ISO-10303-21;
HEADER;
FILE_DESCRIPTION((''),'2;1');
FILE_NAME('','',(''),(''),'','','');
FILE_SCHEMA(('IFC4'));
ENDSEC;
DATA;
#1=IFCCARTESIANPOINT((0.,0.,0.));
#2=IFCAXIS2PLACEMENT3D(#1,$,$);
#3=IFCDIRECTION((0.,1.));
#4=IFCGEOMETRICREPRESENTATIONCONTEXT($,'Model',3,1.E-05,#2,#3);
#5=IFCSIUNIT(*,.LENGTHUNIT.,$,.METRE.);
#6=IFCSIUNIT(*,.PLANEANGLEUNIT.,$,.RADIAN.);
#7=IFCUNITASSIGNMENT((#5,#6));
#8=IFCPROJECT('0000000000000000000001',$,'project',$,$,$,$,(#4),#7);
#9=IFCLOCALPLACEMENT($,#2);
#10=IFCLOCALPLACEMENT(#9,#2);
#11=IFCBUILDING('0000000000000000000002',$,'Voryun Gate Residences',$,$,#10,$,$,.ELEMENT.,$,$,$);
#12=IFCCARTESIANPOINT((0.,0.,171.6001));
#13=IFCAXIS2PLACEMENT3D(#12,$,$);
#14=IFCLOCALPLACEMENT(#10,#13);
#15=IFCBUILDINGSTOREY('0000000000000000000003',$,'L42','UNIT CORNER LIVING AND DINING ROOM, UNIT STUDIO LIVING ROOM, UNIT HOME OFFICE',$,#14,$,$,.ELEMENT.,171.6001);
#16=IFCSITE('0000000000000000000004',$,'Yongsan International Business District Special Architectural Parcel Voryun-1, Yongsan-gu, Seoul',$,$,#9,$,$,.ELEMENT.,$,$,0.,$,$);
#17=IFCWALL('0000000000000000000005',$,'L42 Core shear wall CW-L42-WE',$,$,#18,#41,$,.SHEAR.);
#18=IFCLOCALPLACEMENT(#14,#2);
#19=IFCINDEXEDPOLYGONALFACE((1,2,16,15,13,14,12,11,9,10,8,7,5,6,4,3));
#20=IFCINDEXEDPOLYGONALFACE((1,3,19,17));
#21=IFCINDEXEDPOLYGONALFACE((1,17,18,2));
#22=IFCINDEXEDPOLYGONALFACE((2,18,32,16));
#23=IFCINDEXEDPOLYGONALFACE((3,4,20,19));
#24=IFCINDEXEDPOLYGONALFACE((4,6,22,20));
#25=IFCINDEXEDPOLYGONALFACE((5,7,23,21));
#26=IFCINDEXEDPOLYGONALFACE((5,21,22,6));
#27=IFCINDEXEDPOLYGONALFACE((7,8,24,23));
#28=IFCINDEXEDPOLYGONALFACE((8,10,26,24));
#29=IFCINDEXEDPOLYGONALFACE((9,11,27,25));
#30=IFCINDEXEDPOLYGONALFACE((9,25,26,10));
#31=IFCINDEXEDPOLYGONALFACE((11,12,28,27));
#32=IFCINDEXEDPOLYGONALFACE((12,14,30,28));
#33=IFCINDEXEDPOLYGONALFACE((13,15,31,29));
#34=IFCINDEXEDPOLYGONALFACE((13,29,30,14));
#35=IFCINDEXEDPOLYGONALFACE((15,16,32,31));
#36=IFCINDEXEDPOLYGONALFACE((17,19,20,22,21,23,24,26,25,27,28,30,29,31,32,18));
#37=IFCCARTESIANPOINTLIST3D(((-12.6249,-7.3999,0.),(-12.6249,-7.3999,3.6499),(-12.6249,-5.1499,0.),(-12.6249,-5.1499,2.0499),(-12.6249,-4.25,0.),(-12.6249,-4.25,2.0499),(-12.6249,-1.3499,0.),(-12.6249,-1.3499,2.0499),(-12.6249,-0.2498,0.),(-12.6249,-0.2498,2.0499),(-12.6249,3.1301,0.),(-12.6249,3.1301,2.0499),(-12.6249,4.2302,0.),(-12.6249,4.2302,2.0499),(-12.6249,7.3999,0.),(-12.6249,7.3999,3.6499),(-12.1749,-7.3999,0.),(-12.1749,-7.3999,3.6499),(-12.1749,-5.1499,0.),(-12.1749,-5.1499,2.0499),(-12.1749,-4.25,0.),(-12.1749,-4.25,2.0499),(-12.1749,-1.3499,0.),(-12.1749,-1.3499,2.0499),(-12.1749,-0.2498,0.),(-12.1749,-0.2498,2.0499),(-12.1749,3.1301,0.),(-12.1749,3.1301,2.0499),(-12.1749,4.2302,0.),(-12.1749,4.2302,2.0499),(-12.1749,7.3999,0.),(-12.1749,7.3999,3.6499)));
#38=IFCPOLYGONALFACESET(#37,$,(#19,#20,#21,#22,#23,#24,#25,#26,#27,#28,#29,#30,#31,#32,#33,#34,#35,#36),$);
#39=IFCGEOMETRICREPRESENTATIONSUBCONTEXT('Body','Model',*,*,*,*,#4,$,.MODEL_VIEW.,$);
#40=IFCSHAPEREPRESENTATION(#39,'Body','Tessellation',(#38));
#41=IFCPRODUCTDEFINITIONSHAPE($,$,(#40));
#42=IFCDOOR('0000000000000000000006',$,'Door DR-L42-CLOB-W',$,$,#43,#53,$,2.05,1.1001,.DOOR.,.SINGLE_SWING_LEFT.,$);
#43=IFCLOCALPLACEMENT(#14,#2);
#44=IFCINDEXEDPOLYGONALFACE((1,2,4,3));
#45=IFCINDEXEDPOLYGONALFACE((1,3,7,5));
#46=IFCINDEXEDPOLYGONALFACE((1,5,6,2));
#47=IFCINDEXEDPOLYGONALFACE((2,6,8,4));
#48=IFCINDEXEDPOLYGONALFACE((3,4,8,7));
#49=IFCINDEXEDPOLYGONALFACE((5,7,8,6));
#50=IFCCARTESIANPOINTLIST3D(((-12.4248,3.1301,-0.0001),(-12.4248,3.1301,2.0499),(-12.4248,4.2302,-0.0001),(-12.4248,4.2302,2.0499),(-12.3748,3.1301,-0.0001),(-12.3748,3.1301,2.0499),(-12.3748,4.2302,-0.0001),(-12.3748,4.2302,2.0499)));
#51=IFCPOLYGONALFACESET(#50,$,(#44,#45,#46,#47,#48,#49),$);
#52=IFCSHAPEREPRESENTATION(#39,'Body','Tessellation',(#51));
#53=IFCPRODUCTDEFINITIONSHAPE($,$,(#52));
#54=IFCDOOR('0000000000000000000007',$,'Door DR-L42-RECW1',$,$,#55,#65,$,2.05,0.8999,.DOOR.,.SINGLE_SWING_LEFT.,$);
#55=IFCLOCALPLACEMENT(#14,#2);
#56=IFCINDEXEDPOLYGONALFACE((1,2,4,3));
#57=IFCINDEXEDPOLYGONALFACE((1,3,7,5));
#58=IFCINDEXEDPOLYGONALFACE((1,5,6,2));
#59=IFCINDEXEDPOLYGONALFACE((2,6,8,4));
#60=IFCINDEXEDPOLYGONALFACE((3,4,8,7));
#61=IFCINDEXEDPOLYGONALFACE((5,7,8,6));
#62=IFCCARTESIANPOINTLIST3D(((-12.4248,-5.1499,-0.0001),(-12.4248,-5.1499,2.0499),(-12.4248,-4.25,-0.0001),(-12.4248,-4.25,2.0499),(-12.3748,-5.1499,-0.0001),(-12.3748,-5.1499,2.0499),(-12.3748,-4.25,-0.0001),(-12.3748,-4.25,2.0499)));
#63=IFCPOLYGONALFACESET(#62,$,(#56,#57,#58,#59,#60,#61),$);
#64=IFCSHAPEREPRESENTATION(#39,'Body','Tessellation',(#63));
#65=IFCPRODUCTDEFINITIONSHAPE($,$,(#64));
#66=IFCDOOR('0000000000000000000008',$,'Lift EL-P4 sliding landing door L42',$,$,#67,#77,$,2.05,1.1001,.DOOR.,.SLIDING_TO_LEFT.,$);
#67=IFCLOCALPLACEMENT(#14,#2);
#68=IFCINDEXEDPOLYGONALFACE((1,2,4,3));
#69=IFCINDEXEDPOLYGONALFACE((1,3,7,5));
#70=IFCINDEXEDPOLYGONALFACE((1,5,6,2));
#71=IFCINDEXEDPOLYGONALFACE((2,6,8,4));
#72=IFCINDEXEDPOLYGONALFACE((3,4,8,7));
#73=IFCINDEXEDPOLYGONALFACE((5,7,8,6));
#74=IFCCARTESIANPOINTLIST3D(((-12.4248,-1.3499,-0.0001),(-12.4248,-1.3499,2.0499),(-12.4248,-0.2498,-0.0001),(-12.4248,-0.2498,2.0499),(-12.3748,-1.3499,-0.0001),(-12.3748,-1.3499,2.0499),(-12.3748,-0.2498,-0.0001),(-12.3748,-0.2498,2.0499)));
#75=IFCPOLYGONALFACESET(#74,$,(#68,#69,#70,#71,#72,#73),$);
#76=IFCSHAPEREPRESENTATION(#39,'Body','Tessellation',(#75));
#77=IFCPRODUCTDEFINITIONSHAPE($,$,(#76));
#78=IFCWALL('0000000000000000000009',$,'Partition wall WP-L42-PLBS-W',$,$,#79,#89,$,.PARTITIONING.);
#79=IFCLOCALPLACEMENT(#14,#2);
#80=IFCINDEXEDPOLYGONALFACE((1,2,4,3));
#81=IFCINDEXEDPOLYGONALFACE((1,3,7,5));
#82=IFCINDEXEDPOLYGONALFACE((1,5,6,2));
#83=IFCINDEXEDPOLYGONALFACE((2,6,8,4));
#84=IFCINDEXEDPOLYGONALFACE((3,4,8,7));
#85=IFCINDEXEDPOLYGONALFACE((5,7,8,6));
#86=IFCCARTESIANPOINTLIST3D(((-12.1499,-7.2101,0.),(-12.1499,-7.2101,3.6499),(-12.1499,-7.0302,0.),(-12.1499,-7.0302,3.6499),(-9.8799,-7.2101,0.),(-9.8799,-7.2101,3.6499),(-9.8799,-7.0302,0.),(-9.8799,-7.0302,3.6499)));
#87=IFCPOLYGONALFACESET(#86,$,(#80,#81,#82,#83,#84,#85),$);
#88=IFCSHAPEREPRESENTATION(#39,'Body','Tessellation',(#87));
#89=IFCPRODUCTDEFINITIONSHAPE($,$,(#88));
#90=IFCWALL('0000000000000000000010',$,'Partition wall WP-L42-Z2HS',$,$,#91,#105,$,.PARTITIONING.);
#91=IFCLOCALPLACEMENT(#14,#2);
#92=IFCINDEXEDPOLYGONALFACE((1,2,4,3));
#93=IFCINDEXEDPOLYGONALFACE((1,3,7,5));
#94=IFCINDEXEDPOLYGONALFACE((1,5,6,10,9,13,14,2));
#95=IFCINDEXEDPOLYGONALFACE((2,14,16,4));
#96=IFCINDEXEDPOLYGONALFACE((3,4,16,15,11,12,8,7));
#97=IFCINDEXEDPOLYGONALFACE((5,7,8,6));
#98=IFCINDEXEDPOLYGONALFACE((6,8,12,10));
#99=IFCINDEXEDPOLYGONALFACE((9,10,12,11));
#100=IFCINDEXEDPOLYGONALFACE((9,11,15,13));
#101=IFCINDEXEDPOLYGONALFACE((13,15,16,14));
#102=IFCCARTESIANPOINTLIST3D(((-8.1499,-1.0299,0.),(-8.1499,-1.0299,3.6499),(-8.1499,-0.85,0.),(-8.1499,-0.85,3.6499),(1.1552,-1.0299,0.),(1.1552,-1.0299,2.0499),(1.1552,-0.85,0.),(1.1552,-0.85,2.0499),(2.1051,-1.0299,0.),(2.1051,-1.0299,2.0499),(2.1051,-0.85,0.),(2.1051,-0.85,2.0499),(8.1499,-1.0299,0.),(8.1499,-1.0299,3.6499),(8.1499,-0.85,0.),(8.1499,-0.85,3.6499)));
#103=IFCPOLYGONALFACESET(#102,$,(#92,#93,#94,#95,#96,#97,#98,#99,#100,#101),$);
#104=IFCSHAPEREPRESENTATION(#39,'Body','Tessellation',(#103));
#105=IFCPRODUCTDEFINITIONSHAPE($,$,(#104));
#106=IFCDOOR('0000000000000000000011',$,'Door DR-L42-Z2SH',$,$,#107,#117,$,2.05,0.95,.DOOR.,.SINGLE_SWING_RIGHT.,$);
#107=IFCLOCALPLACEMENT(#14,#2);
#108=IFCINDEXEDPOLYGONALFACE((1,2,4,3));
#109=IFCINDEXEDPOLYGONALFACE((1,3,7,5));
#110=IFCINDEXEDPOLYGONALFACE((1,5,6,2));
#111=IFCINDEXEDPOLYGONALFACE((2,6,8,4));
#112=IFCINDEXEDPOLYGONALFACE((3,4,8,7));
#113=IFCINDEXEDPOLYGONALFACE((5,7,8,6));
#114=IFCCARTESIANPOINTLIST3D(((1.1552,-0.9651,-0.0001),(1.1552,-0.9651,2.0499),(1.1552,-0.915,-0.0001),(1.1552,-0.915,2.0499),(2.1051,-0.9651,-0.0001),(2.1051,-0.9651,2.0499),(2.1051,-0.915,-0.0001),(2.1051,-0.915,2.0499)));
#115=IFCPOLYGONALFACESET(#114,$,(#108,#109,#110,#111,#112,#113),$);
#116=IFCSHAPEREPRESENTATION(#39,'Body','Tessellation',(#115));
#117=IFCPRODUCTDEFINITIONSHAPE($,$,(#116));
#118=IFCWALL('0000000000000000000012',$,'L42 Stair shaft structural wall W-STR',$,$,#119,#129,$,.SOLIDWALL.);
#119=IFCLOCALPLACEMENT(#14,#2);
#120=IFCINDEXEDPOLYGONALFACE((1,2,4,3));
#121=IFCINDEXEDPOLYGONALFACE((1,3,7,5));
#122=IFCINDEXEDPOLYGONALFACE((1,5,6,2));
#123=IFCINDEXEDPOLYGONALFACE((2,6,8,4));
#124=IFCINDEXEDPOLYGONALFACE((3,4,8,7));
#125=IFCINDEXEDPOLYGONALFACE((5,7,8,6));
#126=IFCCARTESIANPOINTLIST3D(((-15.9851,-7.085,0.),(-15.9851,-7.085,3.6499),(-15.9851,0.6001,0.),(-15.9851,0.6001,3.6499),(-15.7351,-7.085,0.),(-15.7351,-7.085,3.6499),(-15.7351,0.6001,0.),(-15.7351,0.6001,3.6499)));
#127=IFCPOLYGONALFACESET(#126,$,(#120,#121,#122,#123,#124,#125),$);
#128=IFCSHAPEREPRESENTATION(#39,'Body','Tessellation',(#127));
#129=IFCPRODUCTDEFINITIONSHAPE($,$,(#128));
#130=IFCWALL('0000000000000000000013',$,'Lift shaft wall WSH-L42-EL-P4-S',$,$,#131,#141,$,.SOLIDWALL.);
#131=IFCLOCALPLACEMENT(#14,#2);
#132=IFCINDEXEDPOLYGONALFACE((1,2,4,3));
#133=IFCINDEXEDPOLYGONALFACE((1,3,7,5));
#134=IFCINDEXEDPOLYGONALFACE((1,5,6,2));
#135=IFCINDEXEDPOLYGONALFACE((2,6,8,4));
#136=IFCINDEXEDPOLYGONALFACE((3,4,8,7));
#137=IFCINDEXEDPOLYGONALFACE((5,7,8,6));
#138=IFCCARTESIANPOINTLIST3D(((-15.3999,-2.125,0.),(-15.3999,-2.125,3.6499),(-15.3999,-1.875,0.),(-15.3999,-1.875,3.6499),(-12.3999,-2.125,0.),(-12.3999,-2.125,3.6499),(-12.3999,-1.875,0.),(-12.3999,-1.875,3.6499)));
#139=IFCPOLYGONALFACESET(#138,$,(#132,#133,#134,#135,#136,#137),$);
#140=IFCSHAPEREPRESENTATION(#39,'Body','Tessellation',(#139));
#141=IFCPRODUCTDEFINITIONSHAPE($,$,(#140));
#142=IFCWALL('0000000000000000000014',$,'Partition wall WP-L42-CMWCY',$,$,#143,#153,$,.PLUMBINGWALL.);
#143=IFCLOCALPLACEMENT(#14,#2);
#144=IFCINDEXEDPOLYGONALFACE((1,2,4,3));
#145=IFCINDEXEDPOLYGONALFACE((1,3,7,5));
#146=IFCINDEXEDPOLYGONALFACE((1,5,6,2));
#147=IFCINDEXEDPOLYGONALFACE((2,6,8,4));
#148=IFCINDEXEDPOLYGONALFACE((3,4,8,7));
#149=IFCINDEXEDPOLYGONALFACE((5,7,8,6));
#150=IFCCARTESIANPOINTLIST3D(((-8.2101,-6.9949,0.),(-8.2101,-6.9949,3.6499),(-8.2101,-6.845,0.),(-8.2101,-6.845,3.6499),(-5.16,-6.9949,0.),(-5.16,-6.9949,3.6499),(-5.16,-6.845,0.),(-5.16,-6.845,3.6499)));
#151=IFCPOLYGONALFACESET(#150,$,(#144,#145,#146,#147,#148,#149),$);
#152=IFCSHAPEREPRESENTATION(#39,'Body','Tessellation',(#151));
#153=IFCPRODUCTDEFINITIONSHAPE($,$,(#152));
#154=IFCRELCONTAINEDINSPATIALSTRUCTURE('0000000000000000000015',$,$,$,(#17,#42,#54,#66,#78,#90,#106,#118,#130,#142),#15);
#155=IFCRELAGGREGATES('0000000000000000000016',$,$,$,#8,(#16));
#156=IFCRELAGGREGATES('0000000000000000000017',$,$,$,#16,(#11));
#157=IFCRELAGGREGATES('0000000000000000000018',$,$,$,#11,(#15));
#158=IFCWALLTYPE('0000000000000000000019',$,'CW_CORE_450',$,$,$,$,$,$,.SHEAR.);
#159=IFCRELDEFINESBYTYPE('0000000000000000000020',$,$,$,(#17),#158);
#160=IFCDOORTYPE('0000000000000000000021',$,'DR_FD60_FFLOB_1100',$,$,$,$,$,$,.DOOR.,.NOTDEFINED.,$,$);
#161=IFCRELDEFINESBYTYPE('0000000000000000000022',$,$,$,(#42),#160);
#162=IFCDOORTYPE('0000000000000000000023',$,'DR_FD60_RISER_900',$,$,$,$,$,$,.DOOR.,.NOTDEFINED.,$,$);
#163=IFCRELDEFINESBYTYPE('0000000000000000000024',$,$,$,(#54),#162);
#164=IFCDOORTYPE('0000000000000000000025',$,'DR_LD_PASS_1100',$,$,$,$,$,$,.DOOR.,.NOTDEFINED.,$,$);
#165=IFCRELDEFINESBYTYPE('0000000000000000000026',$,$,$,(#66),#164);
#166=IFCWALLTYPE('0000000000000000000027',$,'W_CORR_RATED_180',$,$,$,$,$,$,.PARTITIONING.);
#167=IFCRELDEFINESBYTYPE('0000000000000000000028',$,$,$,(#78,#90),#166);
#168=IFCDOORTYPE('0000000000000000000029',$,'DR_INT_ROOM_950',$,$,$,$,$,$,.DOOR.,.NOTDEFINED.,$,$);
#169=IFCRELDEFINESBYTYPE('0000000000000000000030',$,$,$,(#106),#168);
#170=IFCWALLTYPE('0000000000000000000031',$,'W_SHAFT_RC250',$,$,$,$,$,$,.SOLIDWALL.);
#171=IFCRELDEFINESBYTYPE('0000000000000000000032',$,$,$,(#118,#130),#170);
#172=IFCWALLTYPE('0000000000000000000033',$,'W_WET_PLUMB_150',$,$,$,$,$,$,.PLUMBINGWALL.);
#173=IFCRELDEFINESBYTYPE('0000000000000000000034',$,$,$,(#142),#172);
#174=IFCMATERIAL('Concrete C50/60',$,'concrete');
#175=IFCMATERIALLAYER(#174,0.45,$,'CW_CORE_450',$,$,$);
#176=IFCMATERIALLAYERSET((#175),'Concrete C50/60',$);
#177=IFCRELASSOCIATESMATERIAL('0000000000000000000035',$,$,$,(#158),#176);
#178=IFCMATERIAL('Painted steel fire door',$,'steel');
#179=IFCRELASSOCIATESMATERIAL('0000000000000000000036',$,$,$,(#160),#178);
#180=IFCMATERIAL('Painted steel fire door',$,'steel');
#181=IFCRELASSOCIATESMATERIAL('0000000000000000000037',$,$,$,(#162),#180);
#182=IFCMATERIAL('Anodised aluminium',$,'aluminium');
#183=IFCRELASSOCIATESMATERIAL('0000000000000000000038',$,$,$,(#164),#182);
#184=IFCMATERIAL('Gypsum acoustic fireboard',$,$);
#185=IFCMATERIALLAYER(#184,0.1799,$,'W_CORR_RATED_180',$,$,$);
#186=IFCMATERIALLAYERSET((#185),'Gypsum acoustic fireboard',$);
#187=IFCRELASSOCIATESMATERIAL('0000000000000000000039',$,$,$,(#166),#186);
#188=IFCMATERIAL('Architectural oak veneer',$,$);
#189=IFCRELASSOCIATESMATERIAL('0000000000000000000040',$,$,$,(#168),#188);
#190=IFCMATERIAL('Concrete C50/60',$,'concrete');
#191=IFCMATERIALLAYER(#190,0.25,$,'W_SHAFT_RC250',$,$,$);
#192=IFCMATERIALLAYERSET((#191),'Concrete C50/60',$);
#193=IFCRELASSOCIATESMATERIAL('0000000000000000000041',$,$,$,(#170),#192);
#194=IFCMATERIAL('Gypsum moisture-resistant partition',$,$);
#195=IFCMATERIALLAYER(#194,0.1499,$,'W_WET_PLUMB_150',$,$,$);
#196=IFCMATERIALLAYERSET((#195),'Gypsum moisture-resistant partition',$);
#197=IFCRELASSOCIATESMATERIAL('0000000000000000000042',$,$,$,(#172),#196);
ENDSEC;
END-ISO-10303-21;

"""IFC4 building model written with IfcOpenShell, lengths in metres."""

from ifc_helpers import new_model, si_unit, direction, frame, frame_2d, origin, place, context, subcontext, project, spatial, rectangle, extrude, material, layer, layer_set, type_object, element, fill, save


model = new_model("IFC4")

# Units and contexts
model_context = context("Model", 3, precision=1e-05, world=origin(), true_north=direction((0.0, 1.0)))
body_context = subcontext(model_context, "Body", "Model", "MODEL_VIEW")
ifc_project = project(units=[si_unit("LENGTHUNIT", "METRE"), si_unit("PLANEANGLEUNIT", "RADIAN")], contexts=[model_context])

# Site, building, storey
site_placement = place(None, origin())
site = spatial("IfcSite", under=ifc_project, at=site_placement, Name="Yongsan International Business District Special Architectural Parcel Voryun-1, Yongsan-gu, Seoul", CompositionType="ELEMENT", RefElevation=0.0)
building_placement = place(site_placement, origin())
building = spatial("IfcBuilding", under=site, at=building_placement, Name="Voryun Gate Residences", CompositionType="ELEMENT")
storey_placement = place(building_placement, frame((0.0, 0.0, 171.6001)))
storey = spatial("IfcBuildingStorey", under=building, at=storey_placement, Name="L42", Description="UNIT CORNER LIVING AND DINING ROOM, UNIT STUDIO LIVING ROOM, UNIT HOME OFFICE", CompositionType="ELEMENT", Elevation=171.6001)

# Wall, openings, doors
ifc_material_1 = material(Name="Concrete C50/60", Category="concrete")
ifc_layer_1 = layer(ifc_material_1, 0.45, Name="CW_CORE_450")
ifc_layer_set_1 = layer_set([ifc_layer_1], Name="Concrete C50/60")
wall_type_1 = type_object("IfcWallType", Name="CW_CORE_450", PredefinedType="SHEAR", material=ifc_layer_set_1)
wall_1_placement = place(storey_placement, frame((-12.3999, -7.3999, 0.0), z_axis=(0.0, 0.0, 1.0), x_axis=(0.0, 1.0, 0.0)))
wall_1 = element("IfcWall", 1, at=wall_1_placement, inside=storey, type_object=wall_type_1, Name="L42 Core shear wall CW-L42-WE", PredefinedType="SHEAR", context=body_context, shape_type="SweptSolid", body=[
    extrude(rectangle(XDim=14.7998, YDim=0.45, at=frame_2d((7.3999, 0.0))), origin(), (0.0, 0.0, 1.0), 3.6499),
])
opening_1_placement = place(wall_1_placement, frame((6.05, 0.0, 0.0)))
opening_1 = element("IfcOpeningElement", 2, at=opening_1_placement, cuts=wall_1, PredefinedType="OPENING", context=body_context, shape_type="SweptSolid", body=[
    extrude(rectangle(XDim=1.1001, YDim=2.05, at=frame_2d((0.55, 1.0249))), frame((0.0, 0.2351, 0.0), z_axis=(0.0, -1.0, 0.0), x_axis=(1.0, 0.0, 0.0)), (0.0, 0.0, 1.0), 0.47),
])
opening_2_placement = place(wall_1_placement, frame((10.53, 0.0, 0.0)))
opening_2 = element("IfcOpeningElement", 3, at=opening_2_placement, cuts=wall_1, PredefinedType="OPENING", context=body_context, shape_type="SweptSolid", body=[
    extrude(rectangle(XDim=1.1001, YDim=2.05, at=frame_2d((0.55, 1.0249))), frame((0.0, 0.2351, 0.0), z_axis=(0.0, -1.0, 0.0), x_axis=(1.0, 0.0, 0.0)), (0.0, 0.0, 1.0), 0.47),
])
opening_3_placement = place(wall_1_placement, frame((2.25, 0.0, 0.0)))
opening_3 = element("IfcOpeningElement", 4, at=opening_3_placement, cuts=wall_1, PredefinedType="OPENING", context=body_context, shape_type="SweptSolid", body=[
    extrude(rectangle(XDim=0.8999, YDim=2.05, at=frame_2d((0.45, 1.0249))), frame((0.0, 0.2351, 0.0), z_axis=(0.0, -1.0, 0.0), x_axis=(1.0, 0.0, 0.0)), (0.0, 0.0, 1.0), 0.47),
])
ifc_material_2 = material(Name="Painted steel fire door", Category="steel")
door_type_1 = type_object("IfcDoorType", Name="DR_FD60_FFLOB_1100", OperationType="NOTDEFINED", PredefinedType="DOOR", material=ifc_material_2)
door_1_placement = place(opening_2_placement, origin())
door_1 = element("IfcDoor", 5, at=door_1_placement, inside=storey, type_object=door_type_1, Name="Door DR-L42-CLOB-W", OperationType="SINGLE_SWING_LEFT", OverallHeight=2.05, OverallWidth=1.1001, PredefinedType="DOOR", context=body_context, shape_type="SweptSolid", body=[
    extrude(rectangle(XDim=1.1001, YDim=2.05, at=frame_2d((0.55, 1.0249))), frame((0.0, 0.0249, 0.0), z_axis=(0.0, -1.0, 0.0), x_axis=(1.0, 0.0, 0.0)), (0.0, 0.0, 1.0), 0.05),
])
fill(opening_2, door_1)
ifc_material_3 = material(Name="Painted steel fire door", Category="steel")
door_type_2 = type_object("IfcDoorType", Name="DR_FD60_RISER_900", OperationType="NOTDEFINED", PredefinedType="DOOR", material=ifc_material_3)
door_2_placement = place(opening_3_placement, origin())
door_2 = element("IfcDoor", 6, at=door_2_placement, inside=storey, type_object=door_type_2, Name="Door DR-L42-RECW1", OperationType="SINGLE_SWING_LEFT", OverallHeight=2.05, OverallWidth=0.8999, PredefinedType="DOOR", context=body_context, shape_type="SweptSolid", body=[
    extrude(rectangle(XDim=0.8999, YDim=2.05, at=frame_2d((0.45, 1.0249))), frame((0.0, 0.0249, 0.0), z_axis=(0.0, -1.0, 0.0), x_axis=(1.0, 0.0, 0.0)), (0.0, 0.0, 1.0), 0.05),
])
fill(opening_3, door_2)
ifc_material_4 = material(Name="Anodised aluminium", Category="aluminium")
door_type_3 = type_object("IfcDoorType", Name="DR_LD_PASS_1100", OperationType="NOTDEFINED", PredefinedType="DOOR", material=ifc_material_4)
door_3_placement = place(opening_1_placement, origin())
door_3 = element("IfcDoor", 7, at=door_3_placement, inside=storey, type_object=door_type_3, Name="Lift EL-P4 sliding landing door L42", OperationType="SLIDING_TO_LEFT", OverallHeight=2.05, OverallWidth=1.1001, PredefinedType="DOOR", context=body_context, shape_type="SweptSolid", body=[
    extrude(rectangle(XDim=1.1001, YDim=2.05, at=frame_2d((0.55, 1.0249))), frame((0.0, 0.0249, 0.0), z_axis=(0.0, -1.0, 0.0), x_axis=(1.0, 0.0, 0.0)), (0.0, 0.0, 1.0), 0.05),
])
fill(opening_1, door_3)

# Wall
ifc_material_5 = material(Name="Gypsum acoustic fireboard")
ifc_layer_2 = layer(ifc_material_5, 0.1799, Name="W_CORR_RATED_180")
ifc_layer_set_2 = layer_set([ifc_layer_2], Name="Gypsum acoustic fireboard")
wall_type_2 = type_object("IfcWallType", Name="W_CORR_RATED_180", PredefinedType="PARTITIONING", material=ifc_layer_set_2)
wall_2_placement = place(storey_placement, frame((-12.1499, -7.1201, 0.0), z_axis=(0.0, 0.0, 1.0), x_axis=(1.0, 0.0, 0.0)))
element("IfcWall", 8, at=wall_2_placement, inside=storey, type_object=wall_type_2, Name="Partition wall WP-L42-PLBS-W", PredefinedType="PARTITIONING", context=body_context, shape_type="SweptSolid", body=[
    extrude(rectangle(XDim=2.27, YDim=0.1799, at=frame_2d((1.135, 0.0))), origin(), (0.0, 0.0, 1.0), 3.6499),
])

# Wall, opening, door
wall_3_placement = place(storey_placement, frame((-8.1499, -0.9399, 0.0), z_axis=(0.0, 0.0, 1.0), x_axis=(1.0, 0.0, 0.0)))
wall_3 = element("IfcWall", 9, at=wall_3_placement, inside=storey, type_object=wall_type_2, Name="Partition wall WP-L42-Z2HS", PredefinedType="PARTITIONING", context=body_context, shape_type="SweptSolid", body=[
    extrude(rectangle(XDim=16.2998, YDim=0.1799, at=frame_2d((8.1499, 0.0))), origin(), (0.0, 0.0, 1.0), 3.6499),
])
opening_4_placement = place(wall_3_placement, frame((9.3049, 0.0, 0.0)))
opening_4 = element("IfcOpeningElement", 10, at=opening_4_placement, cuts=wall_3, PredefinedType="OPENING", context=body_context, shape_type="SweptSolid", body=[
    extrude(rectangle(XDim=0.95, YDim=2.05, at=frame_2d((0.4751, 1.0249))), frame((0.0, 0.0999, 0.0), z_axis=(0.0, -1.0, 0.0), x_axis=(1.0, 0.0, 0.0)), (0.0, 0.0, 1.0), 0.2),
])
ifc_material_6 = material(Name="Architectural oak veneer")
door_type_4 = type_object("IfcDoorType", Name="DR_INT_ROOM_950", OperationType="NOTDEFINED", PredefinedType="DOOR", material=ifc_material_6)
door_4_placement = place(opening_4_placement, origin())
door_4 = element("IfcDoor", 11, at=door_4_placement, inside=storey, type_object=door_type_4, Name="Door DR-L42-Z2SH", OperationType="SINGLE_SWING_RIGHT", OverallHeight=2.05, OverallWidth=0.95, PredefinedType="DOOR", context=body_context, shape_type="SweptSolid", body=[
    extrude(rectangle(XDim=0.95, YDim=2.05, at=frame_2d((0.4751, 1.0249))), frame((0.0, 0.0249, 0.0), z_axis=(0.0, -1.0, 0.0), x_axis=(1.0, 0.0, 0.0)), (0.0, 0.0, 1.0), 0.05),
])
fill(opening_4, door_4)

# Walls
ifc_material_7 = material(Name="Concrete C50/60", Category="concrete")
ifc_layer_3 = layer(ifc_material_7, 0.25, Name="W_SHAFT_RC250")
ifc_layer_set_3 = layer_set([ifc_layer_3], Name="Concrete C50/60")
wall_type_3 = type_object("IfcWallType", Name="W_SHAFT_RC250", PredefinedType="SOLIDWALL", material=ifc_layer_set_3)
wall_4_placement = place(storey_placement, frame((-15.8601, -7.085, 0.0), z_axis=(0.0, 0.0, 1.0), x_axis=(0.0, 1.0, 0.0)))
element("IfcWall", 12, at=wall_4_placement, inside=storey, type_object=wall_type_3, Name="L42 Stair shaft structural wall W-STR", PredefinedType="SOLIDWALL", context=body_context, shape_type="SweptSolid", body=[
    extrude(rectangle(XDim=7.6851, YDim=0.25, at=frame_2d((3.8425, 0.0))), origin(), (0.0, 0.0, 1.0), 3.6499),
])
wall_5_placement = place(storey_placement, frame((-15.3999, -2.0, 0.0), z_axis=(0.0, 0.0, 1.0), x_axis=(1.0, 0.0, 0.0)))
element("IfcWall", 13, at=wall_5_placement, inside=storey, type_object=wall_type_3, Name="Lift shaft wall WSH-L42-EL-P4-S", PredefinedType="SOLIDWALL", context=body_context, shape_type="SweptSolid", body=[
    extrude(rectangle(XDim=3.0, YDim=0.25, at=frame_2d((1.5, 0.0))), origin(), (0.0, 0.0, 1.0), 3.6499),
])
ifc_material_8 = material(Name="Gypsum moisture-resistant partition")
ifc_layer_4 = layer(ifc_material_8, 0.1499, Name="W_WET_PLUMB_150")
ifc_layer_set_4 = layer_set([ifc_layer_4], Name="Gypsum moisture-resistant partition")
wall_type_4 = type_object("IfcWallType", Name="W_WET_PLUMB_150", PredefinedType="PLUMBINGWALL", material=ifc_layer_set_4)
wall_6_placement = place(storey_placement, frame((-8.21, -6.9199, 0.0), z_axis=(0.0, 0.0, 1.0), x_axis=(1.0, 0.0, 0.0)))
element("IfcWall", 14, at=wall_6_placement, inside=storey, type_object=wall_type_4, Name="Partition wall WP-L42-CMWCY", PredefinedType="PLUMBINGWALL", context=body_context, shape_type="SweptSolid", body=[
    extrude(rectangle(XDim=3.05, YDim=0.1499, at=frame_2d((1.5249, 0.0))), origin(), (0.0, 0.0, 1.0), 3.6499),
])

save(model, "model.ifc")
